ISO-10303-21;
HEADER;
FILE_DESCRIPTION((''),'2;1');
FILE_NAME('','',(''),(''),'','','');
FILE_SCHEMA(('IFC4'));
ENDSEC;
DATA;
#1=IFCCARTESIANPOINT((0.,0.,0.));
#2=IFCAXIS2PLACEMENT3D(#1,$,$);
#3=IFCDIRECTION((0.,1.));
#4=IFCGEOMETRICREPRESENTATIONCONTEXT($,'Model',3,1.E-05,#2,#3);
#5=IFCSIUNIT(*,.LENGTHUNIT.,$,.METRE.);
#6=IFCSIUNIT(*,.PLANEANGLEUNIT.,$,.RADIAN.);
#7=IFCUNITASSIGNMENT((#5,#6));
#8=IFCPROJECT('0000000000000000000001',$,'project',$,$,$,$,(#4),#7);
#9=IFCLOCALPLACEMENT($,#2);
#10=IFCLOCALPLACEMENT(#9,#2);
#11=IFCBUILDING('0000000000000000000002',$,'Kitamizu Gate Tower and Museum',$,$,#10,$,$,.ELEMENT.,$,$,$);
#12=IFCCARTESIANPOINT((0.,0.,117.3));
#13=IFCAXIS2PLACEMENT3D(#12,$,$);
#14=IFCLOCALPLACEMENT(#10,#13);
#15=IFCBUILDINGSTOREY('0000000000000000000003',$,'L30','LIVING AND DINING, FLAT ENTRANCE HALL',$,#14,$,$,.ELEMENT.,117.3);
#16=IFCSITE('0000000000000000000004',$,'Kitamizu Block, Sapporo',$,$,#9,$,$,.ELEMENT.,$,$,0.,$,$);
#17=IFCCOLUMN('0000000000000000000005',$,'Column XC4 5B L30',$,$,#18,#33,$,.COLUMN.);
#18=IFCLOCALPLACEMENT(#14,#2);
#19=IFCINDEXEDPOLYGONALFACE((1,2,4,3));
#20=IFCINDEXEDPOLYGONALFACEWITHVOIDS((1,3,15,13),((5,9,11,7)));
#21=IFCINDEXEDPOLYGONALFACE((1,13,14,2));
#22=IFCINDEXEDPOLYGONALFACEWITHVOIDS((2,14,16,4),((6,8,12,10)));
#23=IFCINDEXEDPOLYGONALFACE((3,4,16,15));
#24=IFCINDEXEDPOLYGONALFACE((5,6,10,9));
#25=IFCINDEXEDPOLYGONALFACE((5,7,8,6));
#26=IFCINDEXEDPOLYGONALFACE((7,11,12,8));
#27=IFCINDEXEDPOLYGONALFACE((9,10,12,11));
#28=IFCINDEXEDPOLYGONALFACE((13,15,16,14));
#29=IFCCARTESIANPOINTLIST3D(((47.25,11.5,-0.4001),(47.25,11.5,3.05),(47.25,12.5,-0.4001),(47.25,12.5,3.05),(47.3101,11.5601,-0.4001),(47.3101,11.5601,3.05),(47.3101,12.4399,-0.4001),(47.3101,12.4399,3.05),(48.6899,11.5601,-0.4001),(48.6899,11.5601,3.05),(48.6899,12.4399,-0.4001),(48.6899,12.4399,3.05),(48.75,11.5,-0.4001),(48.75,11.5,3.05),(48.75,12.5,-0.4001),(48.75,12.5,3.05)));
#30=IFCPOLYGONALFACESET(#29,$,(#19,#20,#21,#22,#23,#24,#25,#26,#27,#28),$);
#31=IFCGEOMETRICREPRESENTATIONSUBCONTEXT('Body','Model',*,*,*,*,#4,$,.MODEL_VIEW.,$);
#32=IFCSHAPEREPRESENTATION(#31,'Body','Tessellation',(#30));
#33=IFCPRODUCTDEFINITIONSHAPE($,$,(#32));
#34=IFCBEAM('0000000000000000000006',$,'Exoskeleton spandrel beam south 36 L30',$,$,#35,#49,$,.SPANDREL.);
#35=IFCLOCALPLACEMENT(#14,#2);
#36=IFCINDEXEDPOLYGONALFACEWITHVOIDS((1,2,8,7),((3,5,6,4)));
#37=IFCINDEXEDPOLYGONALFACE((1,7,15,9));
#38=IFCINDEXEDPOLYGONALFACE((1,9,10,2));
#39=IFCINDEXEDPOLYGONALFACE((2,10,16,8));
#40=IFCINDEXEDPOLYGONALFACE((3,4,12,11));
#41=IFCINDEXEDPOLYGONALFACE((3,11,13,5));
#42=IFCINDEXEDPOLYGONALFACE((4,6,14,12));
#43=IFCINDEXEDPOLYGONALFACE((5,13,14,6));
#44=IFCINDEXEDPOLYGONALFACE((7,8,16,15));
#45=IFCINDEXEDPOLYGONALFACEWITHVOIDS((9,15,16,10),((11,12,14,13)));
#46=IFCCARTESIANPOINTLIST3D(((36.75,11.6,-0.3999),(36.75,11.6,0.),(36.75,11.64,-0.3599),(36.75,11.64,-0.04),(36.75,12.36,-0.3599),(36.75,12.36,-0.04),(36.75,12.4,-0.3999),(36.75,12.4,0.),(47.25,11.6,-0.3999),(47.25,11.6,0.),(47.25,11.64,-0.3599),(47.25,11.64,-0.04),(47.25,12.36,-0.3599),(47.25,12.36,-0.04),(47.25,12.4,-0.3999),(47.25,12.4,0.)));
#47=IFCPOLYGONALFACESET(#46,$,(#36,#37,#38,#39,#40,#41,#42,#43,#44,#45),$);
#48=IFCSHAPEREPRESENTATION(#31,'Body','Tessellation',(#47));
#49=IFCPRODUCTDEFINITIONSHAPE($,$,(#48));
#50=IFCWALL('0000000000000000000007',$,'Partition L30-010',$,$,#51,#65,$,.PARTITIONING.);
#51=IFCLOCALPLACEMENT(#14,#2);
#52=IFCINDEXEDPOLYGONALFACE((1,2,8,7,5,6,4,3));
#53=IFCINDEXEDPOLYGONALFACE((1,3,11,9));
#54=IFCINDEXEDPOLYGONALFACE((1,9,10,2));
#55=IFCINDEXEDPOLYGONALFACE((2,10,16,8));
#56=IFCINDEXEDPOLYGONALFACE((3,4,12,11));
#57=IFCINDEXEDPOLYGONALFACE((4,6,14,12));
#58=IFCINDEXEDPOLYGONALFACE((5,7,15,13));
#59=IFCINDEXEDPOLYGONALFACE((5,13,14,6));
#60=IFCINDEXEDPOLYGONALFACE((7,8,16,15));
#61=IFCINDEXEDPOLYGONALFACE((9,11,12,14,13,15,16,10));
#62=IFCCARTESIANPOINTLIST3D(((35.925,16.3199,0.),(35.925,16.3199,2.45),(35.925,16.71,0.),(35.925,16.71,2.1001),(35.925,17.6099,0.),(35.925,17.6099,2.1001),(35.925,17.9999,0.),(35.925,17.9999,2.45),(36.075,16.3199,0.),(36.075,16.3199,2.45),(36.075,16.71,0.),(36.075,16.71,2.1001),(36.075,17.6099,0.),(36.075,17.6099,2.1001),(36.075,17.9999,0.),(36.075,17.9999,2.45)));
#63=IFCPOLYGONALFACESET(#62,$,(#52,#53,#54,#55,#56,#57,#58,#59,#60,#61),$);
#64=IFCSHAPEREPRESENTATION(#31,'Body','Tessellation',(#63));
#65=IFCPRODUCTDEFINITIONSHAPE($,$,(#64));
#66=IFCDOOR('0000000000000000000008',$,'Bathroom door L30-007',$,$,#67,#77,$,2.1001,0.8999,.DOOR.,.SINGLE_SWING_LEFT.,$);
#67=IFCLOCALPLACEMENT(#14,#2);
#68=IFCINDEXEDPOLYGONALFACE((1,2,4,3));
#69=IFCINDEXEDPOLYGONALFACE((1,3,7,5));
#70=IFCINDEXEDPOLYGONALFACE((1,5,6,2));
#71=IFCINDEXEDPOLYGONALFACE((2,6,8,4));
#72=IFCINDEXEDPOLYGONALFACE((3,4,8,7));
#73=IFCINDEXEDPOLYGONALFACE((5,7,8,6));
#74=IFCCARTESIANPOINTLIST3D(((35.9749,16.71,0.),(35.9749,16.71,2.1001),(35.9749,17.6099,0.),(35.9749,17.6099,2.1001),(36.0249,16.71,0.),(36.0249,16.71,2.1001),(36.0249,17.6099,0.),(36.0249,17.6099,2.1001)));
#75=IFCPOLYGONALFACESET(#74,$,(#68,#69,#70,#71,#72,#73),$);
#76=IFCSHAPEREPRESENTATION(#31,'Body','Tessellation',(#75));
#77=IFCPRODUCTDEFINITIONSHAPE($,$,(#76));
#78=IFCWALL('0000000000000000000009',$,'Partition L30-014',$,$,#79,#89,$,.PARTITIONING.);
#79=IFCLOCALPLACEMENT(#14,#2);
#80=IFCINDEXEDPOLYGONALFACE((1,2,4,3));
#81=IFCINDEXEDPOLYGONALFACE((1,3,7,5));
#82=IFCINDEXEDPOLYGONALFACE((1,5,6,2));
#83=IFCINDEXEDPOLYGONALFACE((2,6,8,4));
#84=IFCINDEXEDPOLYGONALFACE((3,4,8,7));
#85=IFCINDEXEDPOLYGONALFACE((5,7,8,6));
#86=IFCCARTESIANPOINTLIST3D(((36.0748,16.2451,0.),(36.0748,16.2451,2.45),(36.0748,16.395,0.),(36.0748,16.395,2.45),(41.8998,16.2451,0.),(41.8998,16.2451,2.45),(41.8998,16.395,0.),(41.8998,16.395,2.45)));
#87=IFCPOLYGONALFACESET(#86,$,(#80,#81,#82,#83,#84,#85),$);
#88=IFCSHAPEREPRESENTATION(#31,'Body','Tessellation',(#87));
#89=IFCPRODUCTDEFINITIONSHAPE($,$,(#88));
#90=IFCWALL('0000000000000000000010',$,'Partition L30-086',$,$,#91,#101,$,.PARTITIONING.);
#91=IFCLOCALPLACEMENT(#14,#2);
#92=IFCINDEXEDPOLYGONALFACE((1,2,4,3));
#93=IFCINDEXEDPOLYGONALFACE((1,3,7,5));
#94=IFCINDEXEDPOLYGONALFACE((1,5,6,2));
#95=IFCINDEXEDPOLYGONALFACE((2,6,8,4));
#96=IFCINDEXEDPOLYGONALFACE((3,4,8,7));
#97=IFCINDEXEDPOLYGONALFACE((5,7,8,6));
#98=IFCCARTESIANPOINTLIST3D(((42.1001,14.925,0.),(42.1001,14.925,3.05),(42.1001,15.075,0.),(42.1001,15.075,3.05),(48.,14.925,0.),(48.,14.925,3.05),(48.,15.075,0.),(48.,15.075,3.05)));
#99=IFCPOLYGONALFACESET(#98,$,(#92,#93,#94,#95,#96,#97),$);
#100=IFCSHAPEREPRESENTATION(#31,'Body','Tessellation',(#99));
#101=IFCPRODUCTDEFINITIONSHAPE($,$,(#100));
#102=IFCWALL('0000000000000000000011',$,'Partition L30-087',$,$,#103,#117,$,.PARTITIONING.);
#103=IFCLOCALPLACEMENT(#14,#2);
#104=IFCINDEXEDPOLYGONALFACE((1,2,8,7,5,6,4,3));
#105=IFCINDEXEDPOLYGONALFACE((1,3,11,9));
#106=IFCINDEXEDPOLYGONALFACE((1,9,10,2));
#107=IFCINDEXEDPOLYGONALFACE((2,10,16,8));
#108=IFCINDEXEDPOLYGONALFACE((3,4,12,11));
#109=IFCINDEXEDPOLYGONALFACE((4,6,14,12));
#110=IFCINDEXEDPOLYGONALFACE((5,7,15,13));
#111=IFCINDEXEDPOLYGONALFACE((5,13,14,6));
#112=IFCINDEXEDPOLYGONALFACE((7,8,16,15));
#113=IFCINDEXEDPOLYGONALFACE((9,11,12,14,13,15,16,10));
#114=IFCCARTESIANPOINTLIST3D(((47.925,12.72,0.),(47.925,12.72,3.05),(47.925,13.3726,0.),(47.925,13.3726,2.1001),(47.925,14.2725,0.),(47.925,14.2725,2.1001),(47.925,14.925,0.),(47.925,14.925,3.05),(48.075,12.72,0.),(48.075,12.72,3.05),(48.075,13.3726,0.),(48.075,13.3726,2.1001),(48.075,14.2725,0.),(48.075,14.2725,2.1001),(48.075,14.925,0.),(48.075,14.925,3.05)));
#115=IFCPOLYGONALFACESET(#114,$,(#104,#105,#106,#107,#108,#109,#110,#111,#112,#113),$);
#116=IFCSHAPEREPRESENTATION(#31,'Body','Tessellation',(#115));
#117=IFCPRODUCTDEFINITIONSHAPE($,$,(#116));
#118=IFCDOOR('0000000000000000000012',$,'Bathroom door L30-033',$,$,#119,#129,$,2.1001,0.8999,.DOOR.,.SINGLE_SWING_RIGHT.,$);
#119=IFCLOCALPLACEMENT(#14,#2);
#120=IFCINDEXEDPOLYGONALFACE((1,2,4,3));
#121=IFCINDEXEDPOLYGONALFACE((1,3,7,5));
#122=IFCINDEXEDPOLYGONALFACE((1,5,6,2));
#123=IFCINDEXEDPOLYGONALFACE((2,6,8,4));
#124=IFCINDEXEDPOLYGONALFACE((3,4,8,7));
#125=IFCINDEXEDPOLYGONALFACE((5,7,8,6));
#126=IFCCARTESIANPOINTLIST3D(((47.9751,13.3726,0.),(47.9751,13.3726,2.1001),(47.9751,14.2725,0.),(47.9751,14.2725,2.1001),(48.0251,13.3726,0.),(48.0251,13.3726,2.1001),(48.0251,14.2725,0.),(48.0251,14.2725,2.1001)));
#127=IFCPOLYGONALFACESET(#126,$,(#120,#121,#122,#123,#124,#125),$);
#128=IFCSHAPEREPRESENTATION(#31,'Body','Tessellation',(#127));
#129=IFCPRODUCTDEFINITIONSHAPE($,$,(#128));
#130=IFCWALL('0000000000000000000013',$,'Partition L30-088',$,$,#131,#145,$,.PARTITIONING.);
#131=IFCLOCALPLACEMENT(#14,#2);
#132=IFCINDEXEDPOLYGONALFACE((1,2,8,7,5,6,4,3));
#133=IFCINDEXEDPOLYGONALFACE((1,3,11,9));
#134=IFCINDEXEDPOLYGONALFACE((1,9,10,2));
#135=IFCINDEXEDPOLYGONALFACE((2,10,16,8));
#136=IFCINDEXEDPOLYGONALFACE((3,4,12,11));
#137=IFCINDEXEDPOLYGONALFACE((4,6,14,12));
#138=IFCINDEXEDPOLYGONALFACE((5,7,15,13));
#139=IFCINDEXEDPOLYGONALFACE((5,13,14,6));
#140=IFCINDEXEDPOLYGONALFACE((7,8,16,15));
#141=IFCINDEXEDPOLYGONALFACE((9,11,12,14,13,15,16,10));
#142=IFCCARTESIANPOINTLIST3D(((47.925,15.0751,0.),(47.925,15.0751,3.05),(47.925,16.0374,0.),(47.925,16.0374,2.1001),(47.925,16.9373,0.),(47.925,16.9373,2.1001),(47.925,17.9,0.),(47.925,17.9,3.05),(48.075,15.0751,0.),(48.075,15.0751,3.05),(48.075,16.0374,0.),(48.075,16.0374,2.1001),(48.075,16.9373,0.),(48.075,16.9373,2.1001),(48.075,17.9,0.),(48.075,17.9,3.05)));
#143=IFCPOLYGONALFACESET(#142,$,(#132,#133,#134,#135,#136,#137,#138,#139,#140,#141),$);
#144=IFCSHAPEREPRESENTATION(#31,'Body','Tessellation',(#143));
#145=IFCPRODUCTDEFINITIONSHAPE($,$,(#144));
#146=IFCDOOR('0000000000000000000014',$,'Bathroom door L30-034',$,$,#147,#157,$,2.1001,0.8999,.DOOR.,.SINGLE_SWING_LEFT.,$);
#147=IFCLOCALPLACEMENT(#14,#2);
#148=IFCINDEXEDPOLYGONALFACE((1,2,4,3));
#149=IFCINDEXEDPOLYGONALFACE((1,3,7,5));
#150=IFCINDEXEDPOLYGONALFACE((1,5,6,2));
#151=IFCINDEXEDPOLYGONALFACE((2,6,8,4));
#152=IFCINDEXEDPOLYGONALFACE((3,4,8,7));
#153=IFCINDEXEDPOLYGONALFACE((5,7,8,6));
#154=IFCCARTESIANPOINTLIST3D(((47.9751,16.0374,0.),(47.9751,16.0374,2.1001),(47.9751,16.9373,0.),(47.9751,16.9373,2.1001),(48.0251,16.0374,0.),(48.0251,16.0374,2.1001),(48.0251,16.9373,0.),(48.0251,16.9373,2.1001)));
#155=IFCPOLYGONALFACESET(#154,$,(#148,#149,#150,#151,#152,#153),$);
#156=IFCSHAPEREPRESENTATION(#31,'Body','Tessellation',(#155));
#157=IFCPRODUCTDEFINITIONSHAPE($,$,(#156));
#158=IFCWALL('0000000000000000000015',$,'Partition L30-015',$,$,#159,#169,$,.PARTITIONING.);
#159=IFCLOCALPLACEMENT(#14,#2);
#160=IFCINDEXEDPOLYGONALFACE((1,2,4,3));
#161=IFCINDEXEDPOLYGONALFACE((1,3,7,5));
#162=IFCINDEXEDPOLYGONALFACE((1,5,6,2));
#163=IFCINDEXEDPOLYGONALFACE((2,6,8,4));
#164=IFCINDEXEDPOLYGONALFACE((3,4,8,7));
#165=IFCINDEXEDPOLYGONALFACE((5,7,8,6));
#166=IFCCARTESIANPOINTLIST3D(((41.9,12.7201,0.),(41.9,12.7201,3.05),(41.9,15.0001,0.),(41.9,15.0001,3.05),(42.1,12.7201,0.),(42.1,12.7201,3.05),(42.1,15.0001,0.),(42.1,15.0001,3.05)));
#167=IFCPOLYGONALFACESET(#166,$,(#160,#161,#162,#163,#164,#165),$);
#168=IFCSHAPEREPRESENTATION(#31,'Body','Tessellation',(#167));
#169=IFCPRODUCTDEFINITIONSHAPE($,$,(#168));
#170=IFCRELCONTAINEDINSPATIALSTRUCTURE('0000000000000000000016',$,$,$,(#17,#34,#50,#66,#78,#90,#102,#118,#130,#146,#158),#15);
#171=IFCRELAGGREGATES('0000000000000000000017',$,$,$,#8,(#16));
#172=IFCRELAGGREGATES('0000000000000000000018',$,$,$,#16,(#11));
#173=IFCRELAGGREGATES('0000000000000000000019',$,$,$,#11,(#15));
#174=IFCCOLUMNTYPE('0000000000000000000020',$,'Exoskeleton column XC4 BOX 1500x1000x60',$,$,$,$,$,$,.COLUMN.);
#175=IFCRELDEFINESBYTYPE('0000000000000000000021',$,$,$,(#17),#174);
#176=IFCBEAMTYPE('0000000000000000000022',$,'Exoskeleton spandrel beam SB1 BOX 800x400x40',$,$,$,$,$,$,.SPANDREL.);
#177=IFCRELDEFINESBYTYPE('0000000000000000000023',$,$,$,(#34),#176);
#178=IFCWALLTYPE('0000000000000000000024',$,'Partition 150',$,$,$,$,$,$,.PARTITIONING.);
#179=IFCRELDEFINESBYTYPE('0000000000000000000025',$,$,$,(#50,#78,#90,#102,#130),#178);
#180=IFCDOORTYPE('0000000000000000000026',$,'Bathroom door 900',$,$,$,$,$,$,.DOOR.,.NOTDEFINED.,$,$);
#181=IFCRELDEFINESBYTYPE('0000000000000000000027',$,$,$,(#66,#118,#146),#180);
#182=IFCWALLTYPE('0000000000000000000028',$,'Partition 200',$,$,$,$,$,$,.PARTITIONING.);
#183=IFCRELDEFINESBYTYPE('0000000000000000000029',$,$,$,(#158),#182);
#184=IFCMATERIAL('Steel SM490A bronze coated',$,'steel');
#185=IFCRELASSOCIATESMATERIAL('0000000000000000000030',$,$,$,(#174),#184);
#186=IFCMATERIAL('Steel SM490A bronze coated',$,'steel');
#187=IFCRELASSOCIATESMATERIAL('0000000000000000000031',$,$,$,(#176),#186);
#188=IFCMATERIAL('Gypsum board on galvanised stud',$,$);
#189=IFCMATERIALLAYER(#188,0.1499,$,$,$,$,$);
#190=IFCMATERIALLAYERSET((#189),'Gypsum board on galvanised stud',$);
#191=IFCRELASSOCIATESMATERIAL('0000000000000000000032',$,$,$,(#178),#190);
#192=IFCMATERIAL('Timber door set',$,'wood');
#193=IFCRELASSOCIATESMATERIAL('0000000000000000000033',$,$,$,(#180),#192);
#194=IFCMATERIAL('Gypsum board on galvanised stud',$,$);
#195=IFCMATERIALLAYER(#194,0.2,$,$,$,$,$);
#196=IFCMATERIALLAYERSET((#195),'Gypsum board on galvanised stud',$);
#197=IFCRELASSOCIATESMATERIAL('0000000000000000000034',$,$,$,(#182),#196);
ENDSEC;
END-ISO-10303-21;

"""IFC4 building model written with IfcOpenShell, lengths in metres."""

from ifc_helpers import new_model, si_unit, direction, frame, frame_2d, origin, origin_2d, place, context, subcontext, project, spatial, rectangle, hollow_rectangle, extrude, material, layer, layer_set, material_profile, profile_set, type_object, element, fill, save


model = new_model("IFC4")

# Units and contexts
model_context = context("Model", 3, precision=1e-05, world=origin(), true_north=direction((0.0, 1.0)))
body_context = subcontext(model_context, "Body", "Model", "MODEL_VIEW")
ifc_project = project(units=[si_unit("LENGTHUNIT", "METRE"), si_unit("PLANEANGLEUNIT", "RADIAN")], contexts=[model_context])

# Site, building, storey
site_placement = place(None, origin())
site = spatial("IfcSite", under=ifc_project, at=site_placement, Name="Kitamizu Block, Sapporo", CompositionType="ELEMENT", RefElevation=0.0)
building_placement = place(site_placement, origin())
building = spatial("IfcBuilding", under=site, at=building_placement, Name="Kitamizu Gate Tower and Museum", CompositionType="ELEMENT")
storey_placement = place(building_placement, frame((0.0, 0.0, 117.3)))
storey = spatial("IfcBuildingStorey", under=building, at=storey_placement, Name="L30", Description="LIVING AND DINING, FLAT ENTRANCE HALL", CompositionType="ELEMENT", Elevation=117.3)

# Column
ifc_material_1 = material(Name="Steel SM490A bronze coated", Category="steel")
ifc_material_profile_1 = material_profile(ifc_material_1, hollow_rectangle(XDim=1.5, YDim=1.0, WallThickness=0.0601, at=origin_2d()), Name="BOX 1500x1000x60")
ifc_profile_set_1 = profile_set([ifc_material_profile_1], Name="Steel SM490A bronze coated")
column_type = type_object("IfcColumnType", Name="Exoskeleton column XC4 BOX 1500x1000x60", PredefinedType="COLUMN", material=ifc_profile_set_1)
column_placement = place(storey_placement, frame((48.0, 12.0, -0.4001), z_axis=(0.0, 0.0, 1.0), x_axis=(1.0, 0.0, 0.0)))
element("IfcColumn", 1, at=column_placement, inside=storey, type_object=column_type, Name="Column XC4 5B L30", PredefinedType="COLUMN", context=body_context, shape_type="SweptSolid", body=[
    extrude(hollow_rectangle(XDim=1.5, YDim=1.0, WallThickness=0.0601, at=origin_2d()), origin(), (0.0, 0.0, 1.0), 3.4502),
])

# Beam
ifc_material_2 = material(Name="Steel SM490A bronze coated", Category="steel")
ifc_material_profile_2 = material_profile(ifc_material_2, hollow_rectangle(XDim=0.8, YDim=0.3999, WallThickness=0.04, at=origin_2d()), Name="BOX 800x400x40")
ifc_profile_set_2 = profile_set([ifc_material_profile_2], Name="Steel SM490A bronze coated")
beam_type = type_object("IfcBeamType", Name="Exoskeleton spandrel beam SB1 BOX 800x400x40", PredefinedType="SPANDREL", material=ifc_profile_set_2)
beam_placement = place(storey_placement, frame((36.75, 12.0, -0.2), z_axis=(1.0, 0.0, 0.0), x_axis=(0.0, 1.0, 0.0)))
element("IfcBeam", 2, at=beam_placement, inside=storey, type_object=beam_type, Name="Exoskeleton spandrel beam south 36 L30", PredefinedType="SPANDREL", context=body_context, shape_type="SweptSolid", body=[
    extrude(hollow_rectangle(XDim=0.8, YDim=0.3999, WallThickness=0.04, at=origin_2d()), origin(), (0.0, 0.0, 1.0), 10.5),
])

# Wall, opening, door
ifc_material_3 = material(Name="Gypsum board on galvanised stud")
ifc_layer_1 = layer(ifc_material_3, 0.1499)
ifc_layer_set_1 = layer_set([ifc_layer_1], Name="Gypsum board on galvanised stud")
wall_type_1 = type_object("IfcWallType", Name="Partition 150", PredefinedType="PARTITIONING", material=ifc_layer_set_1)
wall_1_placement = place(storey_placement, frame((36.0, 16.3201, 0.0), z_axis=(0.0, 0.0, 1.0), x_axis=(0.0, 1.0, 0.0)))
wall_1 = element("IfcWall", 3, at=wall_1_placement, inside=storey, type_object=wall_type_1, Name="Partition L30-010", PredefinedType="PARTITIONING", context=body_context, shape_type="SweptSolid", body=[
    extrude(rectangle(XDim=1.6799, YDim=0.1499, at=frame_2d((0.8398, 0.0))), origin(), (0.0, 0.0, 1.0), 2.45),
])
opening_1_placement = place(wall_1_placement, frame((0.3899, 0.0, 0.0)))
opening_1 = element("IfcOpeningElement", 4, at=opening_1_placement, cuts=wall_1, PredefinedType="OPENING", context=body_context, shape_type="SweptSolid", body=[
    extrude(rectangle(XDim=0.8999, YDim=2.1001, at=frame_2d((0.45, 1.05))), frame((0.0, 0.085, 0.0), z_axis=(0.0, -1.0, 0.0), x_axis=(1.0, 0.0, 0.0)), (0.0, 0.0, 1.0), 0.1699),
])
ifc_material_4 = material(Name="Timber door set", Category="wood")
door_type = type_object("IfcDoorType", Name="Bathroom door 900", OperationType="NOTDEFINED", PredefinedType="DOOR", material=ifc_material_4)
door_1_placement = place(opening_1_placement, frame((0.8999, 0.0, 0.0), x_axis=(-1.0, 0.0, 0.0)))
door_1 = element("IfcDoor", 5, at=door_1_placement, inside=storey, type_object=door_type, Name="Bathroom door L30-007", OperationType="SINGLE_SWING_LEFT", OverallHeight=2.1001, OverallWidth=0.8999, PredefinedType="DOOR", context=body_context, shape_type="SweptSolid", body=[
    extrude(rectangle(XDim=0.8999, YDim=2.1001, at=frame_2d((0.45, 1.05))), frame((0.0, 0.0249, 0.0), z_axis=(0.0, -1.0, 0.0), x_axis=(1.0, 0.0, 0.0)), (0.0, 0.0, 1.0), 0.05),
])
fill(opening_1, door_1)

# Walls
wall_2_placement = place(storey_placement, frame((41.8999, 16.3201, 0.0), z_axis=(0.0, 0.0, 1.0), x_axis=(-1.0, 0.0, 0.0)))
element("IfcWall", 6, at=wall_2_placement, inside=storey, type_object=wall_type_1, Name="Partition L30-014", PredefinedType="PARTITIONING", context=body_context, shape_type="SweptSolid", body=[
    extrude(rectangle(XDim=5.825, YDim=0.1499, at=frame_2d((2.9126, 0.0))), origin(), (0.0, 0.0, 1.0), 2.45),
])
wall_3_placement = place(storey_placement, frame((48.0, 15.0, 0.0), z_axis=(0.0, 0.0, 1.0), x_axis=(-1.0, 0.0, 0.0)))
element("IfcWall", 7, at=wall_3_placement, inside=storey, type_object=wall_type_1, Name="Partition L30-086", PredefinedType="PARTITIONING", context=body_context, shape_type="SweptSolid", body=[
    extrude(rectangle(XDim=5.8999, YDim=0.1499, at=frame_2d((2.95, 0.0))), origin(), (0.0, 0.0, 1.0), 3.05),
])

# Walls, openings, doors
wall_4_placement = place(storey_placement, frame((48.0, 12.72, 0.0), z_axis=(0.0, 0.0, 1.0), x_axis=(0.0, 1.0, 0.0)))
wall_4 = element("IfcWall", 8, at=wall_4_placement, inside=storey, type_object=wall_type_1, Name="Partition L30-087", PredefinedType="PARTITIONING", context=body_context, shape_type="SweptSolid", body=[
    extrude(rectangle(XDim=2.2051, YDim=0.1499, at=frame_2d((1.1025, 0.0))), origin(), (0.0, 0.0, 1.0), 3.05),
])
opening_2_placement = place(wall_4_placement, frame((0.6526, 0.0, 0.0)))
opening_2 = element("IfcOpeningElement", 9, at=opening_2_placement, cuts=wall_4, PredefinedType="OPENING", context=body_context, shape_type="SweptSolid", body=[
    extrude(rectangle(XDim=0.8999, YDim=2.1001, at=frame_2d((0.45, 1.05))), frame((0.0, 0.085, 0.0), z_axis=(0.0, -1.0, 0.0), x_axis=(1.0, 0.0, 0.0)), (0.0, 0.0, 1.0), 0.1699),
])
door_2_placement = place(opening_2_placement, origin())
door_2 = element("IfcDoor", 10, at=door_2_placement, inside=storey, type_object=door_type, Name="Bathroom door L30-033", OperationType="SINGLE_SWING_RIGHT", OverallHeight=2.1001, OverallWidth=0.8999, PredefinedType="DOOR", context=body_context, shape_type="SweptSolid", body=[
    extrude(rectangle(XDim=0.8999, YDim=2.1001, at=frame_2d((0.45, 1.05))), frame((0.0, 0.0249, 0.0), z_axis=(0.0, -1.0, 0.0), x_axis=(1.0, 0.0, 0.0)), (0.0, 0.0, 1.0), 0.05),
])
fill(opening_2, door_2)
wall_5_placement = place(storey_placement, frame((48.0, 15.075, 0.0), z_axis=(0.0, 0.0, 1.0), x_axis=(0.0, 1.0, 0.0)))
wall_5 = element("IfcWall", 11, at=wall_5_placement, inside=storey, type_object=wall_type_1, Name="Partition L30-088", PredefinedType="PARTITIONING", context=body_context, shape_type="SweptSolid", body=[
    extrude(rectangle(XDim=2.825, YDim=0.1499, at=frame_2d((1.4126, 0.0))), origin(), (0.0, 0.0, 1.0), 3.05),
])
opening_3_placement = place(wall_5_placement, frame((0.9624, 0.0, 0.0)))
opening_3 = element("IfcOpeningElement", 12, at=opening_3_placement, cuts=wall_5, PredefinedType="OPENING", context=body_context, shape_type="SweptSolid", body=[
    extrude(rectangle(XDim=0.8999, YDim=2.1001, at=frame_2d((0.45, 1.05))), frame((0.0, 0.085, 0.0), z_axis=(0.0, -1.0, 0.0), x_axis=(1.0, 0.0, 0.0)), (0.0, 0.0, 1.0), 0.1699),
])
door_3_placement = place(opening_3_placement, origin())
door_3 = element("IfcDoor", 13, at=door_3_placement, inside=storey, type_object=door_type, Name="Bathroom door L30-034", OperationType="SINGLE_SWING_LEFT", OverallHeight=2.1001, OverallWidth=0.8999, PredefinedType="DOOR", context=body_context, shape_type="SweptSolid", body=[
    extrude(rectangle(XDim=0.8999, YDim=2.1001, at=frame_2d((0.45, 1.05))), frame((0.0, 0.0249, 0.0), z_axis=(0.0, -1.0, 0.0), x_axis=(1.0, 0.0, 0.0)), (0.0, 0.0, 1.0), 0.05),
])
fill(opening_3, door_3)

# Wall
ifc_material_5 = material(Name="Gypsum board on galvanised stud")
ifc_layer_2 = layer(ifc_material_5, 0.2)
ifc_layer_set_2 = layer_set([ifc_layer_2], Name="Gypsum board on galvanised stud")
wall_type_2 = type_object("IfcWallType", Name="Partition 200", PredefinedType="PARTITIONING", material=ifc_layer_set_2)
wall_6_placement = place(storey_placement, frame((42.0, 12.72, 0.0), z_axis=(0.0, 0.0, 1.0), x_axis=(0.0, 1.0, 0.0)))
element("IfcWall", 14, at=wall_6_placement, inside=storey, type_object=wall_type_2, Name="Partition L30-015", PredefinedType="PARTITIONING", context=body_context, shape_type="SweptSolid", body=[
    extrude(rectangle(XDim=2.28, YDim=0.2, at=frame_2d((1.1401, 0.0))), origin(), (0.0, 0.0, 1.0), 3.05),
])

save(model, "model.ifc")
